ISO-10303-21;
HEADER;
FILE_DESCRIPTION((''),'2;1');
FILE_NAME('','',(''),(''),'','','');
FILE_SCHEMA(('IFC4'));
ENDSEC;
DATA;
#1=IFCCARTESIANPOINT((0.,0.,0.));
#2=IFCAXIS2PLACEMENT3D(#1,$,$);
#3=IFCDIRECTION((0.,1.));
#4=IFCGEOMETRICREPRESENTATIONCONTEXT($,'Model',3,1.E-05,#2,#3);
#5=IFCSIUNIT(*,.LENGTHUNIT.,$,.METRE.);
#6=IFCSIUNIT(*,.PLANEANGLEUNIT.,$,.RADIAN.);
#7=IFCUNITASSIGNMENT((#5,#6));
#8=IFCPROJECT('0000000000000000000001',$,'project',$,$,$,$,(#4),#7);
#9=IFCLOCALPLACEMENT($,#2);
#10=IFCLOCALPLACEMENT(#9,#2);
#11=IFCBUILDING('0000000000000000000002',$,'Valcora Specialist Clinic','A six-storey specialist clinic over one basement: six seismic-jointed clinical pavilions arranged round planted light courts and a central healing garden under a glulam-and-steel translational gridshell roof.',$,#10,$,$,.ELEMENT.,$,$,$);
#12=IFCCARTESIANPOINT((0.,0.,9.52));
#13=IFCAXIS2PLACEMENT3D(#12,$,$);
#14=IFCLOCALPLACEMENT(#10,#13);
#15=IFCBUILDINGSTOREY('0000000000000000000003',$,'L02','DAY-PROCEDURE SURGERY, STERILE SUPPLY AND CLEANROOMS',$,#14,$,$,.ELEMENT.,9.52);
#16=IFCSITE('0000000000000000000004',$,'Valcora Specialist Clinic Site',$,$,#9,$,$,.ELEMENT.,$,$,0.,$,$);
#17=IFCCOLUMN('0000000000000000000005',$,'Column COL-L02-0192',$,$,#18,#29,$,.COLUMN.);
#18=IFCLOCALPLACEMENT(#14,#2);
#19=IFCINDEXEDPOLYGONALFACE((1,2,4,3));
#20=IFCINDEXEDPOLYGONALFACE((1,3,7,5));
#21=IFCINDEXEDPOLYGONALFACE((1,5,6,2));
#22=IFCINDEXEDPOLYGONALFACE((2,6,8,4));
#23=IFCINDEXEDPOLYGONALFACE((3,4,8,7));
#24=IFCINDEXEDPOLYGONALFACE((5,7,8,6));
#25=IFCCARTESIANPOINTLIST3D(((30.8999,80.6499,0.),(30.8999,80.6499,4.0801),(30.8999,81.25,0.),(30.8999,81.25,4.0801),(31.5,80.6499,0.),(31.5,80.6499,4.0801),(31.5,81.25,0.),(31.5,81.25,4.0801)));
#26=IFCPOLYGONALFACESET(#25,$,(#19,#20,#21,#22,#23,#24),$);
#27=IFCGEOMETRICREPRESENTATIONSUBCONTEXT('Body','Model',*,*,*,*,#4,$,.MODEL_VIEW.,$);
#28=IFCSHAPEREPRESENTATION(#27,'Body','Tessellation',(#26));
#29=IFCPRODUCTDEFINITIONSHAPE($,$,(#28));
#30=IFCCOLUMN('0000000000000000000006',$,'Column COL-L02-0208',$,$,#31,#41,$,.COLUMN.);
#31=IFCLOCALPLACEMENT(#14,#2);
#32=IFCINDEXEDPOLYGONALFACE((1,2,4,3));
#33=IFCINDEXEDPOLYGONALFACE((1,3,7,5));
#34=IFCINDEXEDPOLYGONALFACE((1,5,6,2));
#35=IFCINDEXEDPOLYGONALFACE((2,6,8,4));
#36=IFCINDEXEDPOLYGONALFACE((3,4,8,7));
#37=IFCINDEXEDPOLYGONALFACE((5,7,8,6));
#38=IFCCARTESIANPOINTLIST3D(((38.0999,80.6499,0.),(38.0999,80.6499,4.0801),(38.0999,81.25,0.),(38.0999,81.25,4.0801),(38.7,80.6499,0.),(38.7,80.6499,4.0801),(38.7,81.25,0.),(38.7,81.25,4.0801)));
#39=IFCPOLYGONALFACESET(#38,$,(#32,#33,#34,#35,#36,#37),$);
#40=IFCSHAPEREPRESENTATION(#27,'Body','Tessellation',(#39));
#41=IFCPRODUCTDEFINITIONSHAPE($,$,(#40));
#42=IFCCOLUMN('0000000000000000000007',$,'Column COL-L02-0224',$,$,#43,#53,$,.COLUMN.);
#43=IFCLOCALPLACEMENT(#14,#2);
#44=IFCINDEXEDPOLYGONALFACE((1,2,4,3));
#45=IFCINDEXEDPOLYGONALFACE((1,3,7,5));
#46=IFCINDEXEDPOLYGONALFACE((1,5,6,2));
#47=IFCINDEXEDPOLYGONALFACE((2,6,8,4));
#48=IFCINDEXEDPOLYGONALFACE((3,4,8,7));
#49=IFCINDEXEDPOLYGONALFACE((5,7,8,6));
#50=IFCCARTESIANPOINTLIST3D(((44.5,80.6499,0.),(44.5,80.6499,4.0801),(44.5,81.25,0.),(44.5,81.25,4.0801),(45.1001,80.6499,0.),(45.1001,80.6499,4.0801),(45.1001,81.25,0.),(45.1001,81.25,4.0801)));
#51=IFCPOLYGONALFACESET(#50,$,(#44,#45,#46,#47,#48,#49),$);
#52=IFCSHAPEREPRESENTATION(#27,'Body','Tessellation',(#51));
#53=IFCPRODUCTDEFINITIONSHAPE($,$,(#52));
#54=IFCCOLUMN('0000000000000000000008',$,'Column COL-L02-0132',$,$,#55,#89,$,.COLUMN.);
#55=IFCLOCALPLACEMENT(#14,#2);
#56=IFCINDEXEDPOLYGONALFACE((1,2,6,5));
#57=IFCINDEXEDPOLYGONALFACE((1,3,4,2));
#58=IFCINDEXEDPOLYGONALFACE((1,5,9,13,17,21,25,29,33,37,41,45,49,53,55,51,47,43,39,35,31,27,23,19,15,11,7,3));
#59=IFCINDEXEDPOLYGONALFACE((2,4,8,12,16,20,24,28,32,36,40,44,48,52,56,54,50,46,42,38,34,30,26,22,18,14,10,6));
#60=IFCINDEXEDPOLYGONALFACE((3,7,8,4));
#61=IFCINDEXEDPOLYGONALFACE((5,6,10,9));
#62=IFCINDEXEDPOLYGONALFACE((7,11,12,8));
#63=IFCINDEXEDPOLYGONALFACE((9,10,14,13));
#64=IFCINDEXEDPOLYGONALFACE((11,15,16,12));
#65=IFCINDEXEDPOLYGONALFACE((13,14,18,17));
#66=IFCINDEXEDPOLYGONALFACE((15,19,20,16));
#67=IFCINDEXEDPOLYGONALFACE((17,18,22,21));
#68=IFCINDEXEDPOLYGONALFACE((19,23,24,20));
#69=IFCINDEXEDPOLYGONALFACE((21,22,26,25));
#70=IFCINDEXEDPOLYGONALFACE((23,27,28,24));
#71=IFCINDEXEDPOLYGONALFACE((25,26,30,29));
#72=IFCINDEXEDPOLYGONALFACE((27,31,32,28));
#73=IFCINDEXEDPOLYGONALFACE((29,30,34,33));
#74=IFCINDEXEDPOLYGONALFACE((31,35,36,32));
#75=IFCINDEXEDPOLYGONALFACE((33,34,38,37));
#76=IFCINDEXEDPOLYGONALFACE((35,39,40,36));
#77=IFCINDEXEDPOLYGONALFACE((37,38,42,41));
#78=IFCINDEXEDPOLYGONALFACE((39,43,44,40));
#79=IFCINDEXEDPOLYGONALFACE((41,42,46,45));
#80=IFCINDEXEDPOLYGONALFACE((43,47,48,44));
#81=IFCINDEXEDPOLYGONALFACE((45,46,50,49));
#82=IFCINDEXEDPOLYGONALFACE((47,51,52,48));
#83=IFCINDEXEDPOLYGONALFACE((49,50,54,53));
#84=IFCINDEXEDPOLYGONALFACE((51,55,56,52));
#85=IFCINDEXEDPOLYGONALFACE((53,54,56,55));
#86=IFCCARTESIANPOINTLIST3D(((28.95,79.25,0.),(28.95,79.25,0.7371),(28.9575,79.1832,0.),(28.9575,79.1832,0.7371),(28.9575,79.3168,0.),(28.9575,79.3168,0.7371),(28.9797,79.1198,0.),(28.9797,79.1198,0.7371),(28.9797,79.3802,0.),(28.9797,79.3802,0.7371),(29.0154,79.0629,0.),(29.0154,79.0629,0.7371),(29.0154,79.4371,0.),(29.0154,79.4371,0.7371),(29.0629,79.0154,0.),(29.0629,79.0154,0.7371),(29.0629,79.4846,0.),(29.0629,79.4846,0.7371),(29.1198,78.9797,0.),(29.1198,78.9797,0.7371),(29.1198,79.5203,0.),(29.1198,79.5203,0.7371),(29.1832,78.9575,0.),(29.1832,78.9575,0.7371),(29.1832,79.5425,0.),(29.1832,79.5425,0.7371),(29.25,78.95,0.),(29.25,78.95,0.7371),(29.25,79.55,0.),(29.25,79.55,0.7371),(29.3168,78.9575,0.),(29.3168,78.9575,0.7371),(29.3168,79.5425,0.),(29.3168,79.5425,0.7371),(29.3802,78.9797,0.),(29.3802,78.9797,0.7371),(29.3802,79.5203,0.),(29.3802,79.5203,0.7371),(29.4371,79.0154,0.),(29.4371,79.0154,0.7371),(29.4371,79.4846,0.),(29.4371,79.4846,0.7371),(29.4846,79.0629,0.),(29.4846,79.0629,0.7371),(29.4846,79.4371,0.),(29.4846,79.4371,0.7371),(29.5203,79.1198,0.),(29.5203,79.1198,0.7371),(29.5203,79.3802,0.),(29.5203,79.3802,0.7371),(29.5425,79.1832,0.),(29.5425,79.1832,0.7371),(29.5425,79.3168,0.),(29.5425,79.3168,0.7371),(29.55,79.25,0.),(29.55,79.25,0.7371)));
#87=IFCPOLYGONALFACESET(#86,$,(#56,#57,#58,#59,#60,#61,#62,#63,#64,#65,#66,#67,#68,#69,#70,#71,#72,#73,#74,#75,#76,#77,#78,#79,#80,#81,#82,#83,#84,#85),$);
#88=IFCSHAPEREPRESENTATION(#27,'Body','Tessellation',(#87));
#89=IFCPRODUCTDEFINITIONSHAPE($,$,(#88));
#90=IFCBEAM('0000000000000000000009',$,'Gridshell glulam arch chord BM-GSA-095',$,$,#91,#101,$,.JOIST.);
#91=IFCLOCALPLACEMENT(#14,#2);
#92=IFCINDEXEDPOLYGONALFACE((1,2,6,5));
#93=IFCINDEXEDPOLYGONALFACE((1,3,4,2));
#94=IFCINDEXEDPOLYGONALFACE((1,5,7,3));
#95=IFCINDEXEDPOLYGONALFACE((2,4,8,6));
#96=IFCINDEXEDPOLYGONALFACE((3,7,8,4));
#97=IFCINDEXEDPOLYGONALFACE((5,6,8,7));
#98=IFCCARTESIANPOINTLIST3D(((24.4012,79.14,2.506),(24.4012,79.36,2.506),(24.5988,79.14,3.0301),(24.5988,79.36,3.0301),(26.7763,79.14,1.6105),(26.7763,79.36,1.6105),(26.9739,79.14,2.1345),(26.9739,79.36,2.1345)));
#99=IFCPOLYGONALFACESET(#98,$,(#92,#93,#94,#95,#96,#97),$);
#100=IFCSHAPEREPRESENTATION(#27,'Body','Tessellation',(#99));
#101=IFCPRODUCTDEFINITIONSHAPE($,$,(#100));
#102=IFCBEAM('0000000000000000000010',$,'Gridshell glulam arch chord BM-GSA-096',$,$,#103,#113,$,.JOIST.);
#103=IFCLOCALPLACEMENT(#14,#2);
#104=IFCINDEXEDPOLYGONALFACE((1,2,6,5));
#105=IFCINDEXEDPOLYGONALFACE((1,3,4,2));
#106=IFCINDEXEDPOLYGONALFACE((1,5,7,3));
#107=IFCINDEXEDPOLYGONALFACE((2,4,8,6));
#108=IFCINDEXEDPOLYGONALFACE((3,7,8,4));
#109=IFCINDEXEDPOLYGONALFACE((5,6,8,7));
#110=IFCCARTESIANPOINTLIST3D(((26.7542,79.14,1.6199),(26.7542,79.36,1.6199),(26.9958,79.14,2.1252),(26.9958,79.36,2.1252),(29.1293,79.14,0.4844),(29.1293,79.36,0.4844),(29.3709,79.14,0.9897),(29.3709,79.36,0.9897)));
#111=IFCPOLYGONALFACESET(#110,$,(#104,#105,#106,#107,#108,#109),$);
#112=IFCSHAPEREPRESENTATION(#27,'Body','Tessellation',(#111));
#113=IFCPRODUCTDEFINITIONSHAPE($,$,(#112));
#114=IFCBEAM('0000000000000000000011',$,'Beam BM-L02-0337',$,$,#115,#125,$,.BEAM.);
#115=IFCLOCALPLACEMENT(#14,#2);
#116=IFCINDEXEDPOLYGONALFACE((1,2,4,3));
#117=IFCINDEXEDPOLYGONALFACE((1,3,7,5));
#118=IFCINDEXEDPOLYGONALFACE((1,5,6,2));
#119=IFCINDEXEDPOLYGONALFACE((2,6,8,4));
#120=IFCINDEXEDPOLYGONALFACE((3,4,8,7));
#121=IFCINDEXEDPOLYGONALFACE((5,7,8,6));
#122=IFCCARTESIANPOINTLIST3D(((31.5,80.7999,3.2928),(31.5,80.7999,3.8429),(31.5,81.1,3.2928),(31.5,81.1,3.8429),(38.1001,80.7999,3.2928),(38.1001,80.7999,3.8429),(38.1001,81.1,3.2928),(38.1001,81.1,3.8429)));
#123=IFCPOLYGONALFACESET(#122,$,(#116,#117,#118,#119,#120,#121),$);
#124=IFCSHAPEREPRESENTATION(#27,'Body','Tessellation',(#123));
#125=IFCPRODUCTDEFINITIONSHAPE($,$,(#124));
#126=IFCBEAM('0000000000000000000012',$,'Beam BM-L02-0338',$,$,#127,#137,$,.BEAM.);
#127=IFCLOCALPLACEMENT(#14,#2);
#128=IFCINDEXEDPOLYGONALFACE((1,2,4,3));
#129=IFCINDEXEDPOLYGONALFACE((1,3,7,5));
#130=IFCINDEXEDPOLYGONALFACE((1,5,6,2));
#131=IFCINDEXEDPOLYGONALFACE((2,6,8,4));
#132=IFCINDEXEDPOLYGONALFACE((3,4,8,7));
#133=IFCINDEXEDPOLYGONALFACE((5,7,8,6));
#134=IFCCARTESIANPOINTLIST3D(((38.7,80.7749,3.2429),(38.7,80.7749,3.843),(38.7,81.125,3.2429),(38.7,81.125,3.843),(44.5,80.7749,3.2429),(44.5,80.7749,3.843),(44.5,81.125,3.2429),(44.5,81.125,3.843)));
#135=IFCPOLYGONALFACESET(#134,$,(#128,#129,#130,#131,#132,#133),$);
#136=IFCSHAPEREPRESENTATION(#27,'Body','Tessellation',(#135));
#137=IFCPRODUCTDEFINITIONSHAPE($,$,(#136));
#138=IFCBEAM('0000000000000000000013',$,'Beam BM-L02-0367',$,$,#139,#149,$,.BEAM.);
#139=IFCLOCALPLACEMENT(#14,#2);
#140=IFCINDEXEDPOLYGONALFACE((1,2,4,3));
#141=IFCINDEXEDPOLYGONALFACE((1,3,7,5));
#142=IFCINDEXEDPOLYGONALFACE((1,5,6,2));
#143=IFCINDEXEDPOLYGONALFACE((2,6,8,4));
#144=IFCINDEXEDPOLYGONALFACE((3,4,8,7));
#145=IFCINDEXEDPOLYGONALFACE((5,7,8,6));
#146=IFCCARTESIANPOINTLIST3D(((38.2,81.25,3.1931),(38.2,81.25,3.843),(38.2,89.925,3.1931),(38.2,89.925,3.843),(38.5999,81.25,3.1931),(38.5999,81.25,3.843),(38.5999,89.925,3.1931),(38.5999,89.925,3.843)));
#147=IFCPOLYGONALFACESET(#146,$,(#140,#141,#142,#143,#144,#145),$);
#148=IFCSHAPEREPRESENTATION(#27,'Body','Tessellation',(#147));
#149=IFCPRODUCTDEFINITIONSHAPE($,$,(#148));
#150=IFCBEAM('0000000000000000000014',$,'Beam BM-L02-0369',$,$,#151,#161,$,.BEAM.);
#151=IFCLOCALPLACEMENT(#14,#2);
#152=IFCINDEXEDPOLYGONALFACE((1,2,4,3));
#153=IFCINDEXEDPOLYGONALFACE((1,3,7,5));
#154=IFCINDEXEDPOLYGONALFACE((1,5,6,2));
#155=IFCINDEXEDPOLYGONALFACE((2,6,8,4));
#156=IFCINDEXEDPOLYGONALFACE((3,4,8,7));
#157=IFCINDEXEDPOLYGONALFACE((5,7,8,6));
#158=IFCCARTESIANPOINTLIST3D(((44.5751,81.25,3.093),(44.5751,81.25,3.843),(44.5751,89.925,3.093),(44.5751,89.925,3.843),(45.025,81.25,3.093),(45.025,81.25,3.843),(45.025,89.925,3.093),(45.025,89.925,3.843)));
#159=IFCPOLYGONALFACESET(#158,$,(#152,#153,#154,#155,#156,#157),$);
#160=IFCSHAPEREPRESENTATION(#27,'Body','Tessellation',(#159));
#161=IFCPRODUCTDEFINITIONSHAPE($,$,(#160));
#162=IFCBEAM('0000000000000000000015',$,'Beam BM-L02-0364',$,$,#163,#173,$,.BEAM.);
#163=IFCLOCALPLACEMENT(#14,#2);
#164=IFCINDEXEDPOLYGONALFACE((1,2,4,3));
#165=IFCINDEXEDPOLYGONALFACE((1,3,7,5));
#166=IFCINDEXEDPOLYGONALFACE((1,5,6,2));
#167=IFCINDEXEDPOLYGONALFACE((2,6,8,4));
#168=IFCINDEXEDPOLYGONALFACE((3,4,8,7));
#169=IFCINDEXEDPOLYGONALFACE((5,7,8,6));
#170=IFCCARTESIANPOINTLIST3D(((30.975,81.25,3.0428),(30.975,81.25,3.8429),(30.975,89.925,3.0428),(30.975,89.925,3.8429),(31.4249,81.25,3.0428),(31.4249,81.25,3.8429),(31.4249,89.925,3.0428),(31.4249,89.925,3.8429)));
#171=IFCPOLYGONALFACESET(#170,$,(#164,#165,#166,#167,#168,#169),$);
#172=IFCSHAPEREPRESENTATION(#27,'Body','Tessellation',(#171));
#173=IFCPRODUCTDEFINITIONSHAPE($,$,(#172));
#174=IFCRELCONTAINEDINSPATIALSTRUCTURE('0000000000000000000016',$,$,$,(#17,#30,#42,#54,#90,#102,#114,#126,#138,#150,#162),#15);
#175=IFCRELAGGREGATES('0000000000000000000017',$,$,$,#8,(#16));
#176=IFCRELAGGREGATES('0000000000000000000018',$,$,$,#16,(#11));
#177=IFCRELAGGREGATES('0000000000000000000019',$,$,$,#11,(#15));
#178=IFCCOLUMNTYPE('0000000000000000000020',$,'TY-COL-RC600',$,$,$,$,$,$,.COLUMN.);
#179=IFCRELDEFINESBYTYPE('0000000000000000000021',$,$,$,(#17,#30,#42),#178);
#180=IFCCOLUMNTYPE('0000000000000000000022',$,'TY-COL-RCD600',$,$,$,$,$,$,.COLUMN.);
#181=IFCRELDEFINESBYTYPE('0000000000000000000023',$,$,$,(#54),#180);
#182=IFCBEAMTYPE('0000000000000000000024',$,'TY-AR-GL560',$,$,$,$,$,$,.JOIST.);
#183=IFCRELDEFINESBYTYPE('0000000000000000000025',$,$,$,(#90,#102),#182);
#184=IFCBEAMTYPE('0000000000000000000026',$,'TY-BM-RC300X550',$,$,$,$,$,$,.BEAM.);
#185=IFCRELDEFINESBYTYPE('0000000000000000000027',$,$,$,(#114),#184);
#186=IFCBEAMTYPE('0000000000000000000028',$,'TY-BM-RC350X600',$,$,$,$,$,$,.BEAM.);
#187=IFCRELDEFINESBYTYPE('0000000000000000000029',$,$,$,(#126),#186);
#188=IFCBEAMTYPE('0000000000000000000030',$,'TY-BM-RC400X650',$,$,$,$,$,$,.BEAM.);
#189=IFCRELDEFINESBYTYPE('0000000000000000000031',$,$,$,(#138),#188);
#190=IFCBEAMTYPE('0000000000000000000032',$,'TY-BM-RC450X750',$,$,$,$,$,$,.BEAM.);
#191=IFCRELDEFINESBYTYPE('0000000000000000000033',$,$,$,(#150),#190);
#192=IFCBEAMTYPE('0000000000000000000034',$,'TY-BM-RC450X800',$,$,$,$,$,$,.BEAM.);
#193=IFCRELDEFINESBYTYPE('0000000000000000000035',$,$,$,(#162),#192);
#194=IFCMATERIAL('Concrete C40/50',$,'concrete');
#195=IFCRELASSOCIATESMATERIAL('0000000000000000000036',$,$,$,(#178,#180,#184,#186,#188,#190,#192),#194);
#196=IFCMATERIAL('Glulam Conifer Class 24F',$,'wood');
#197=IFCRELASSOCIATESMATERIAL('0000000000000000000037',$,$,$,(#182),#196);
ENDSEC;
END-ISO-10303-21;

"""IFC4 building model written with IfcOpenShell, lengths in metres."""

from ifc_helpers import new_model, si_unit, direction, frame, origin, origin_2d, place, context, subcontext, project, spatial, rectangle, circle, extrude, material, material_profile, profile_set, type_object, element, save


model = new_model("IFC4")

# Units and contexts
model_context = context("Model", 3, precision=1e-05, world=origin(), true_north=direction((0.0, 1.0)))
body_context = subcontext(model_context, "Body", "Model", "MODEL_VIEW")
ifc_project = project(units=[si_unit("LENGTHUNIT", "METRE"), si_unit("PLANEANGLEUNIT", "RADIAN")], contexts=[model_context])

# Site, building, storey
site_placement = place(None, origin())
site = spatial("IfcSite", under=ifc_project, at=site_placement, Name="Valcora Specialist Clinic Site", CompositionType="ELEMENT", RefElevation=0.0)
building_placement = place(site_placement, origin())
building = spatial("IfcBuilding", under=site, at=building_placement, Name="Valcora Specialist Clinic", Description="A six-storey specialist clinic over one basement: six seismic-jointed clinical pavilions arranged round planted light courts and a central healing garden under a glulam-and-steel translational gridshell roof.", CompositionType="ELEMENT")
storey_placement = place(building_placement, frame((0.0, 0.0, 9.52)))
storey = spatial("IfcBuildingStorey", under=building, at=storey_placement, Name="L02", Description="DAY-PROCEDURE SURGERY, STERILE SUPPLY AND CLEANROOMS", CompositionType="ELEMENT", Elevation=9.52)

# Columns
ifc_material_1 = material(Name="Concrete C40/50", Category="concrete")
ifc_material_profile_1 = material_profile(ifc_material_1, rectangle(XDim=0.6001, YDim=0.6001, at=origin_2d()), Name="RC-COL-600X600")
ifc_profile_set_1 = profile_set([ifc_material_profile_1], Name="Concrete C40/50")
column_type_1 = type_object("IfcColumnType", Name="TY-COL-RC600", PredefinedType="COLUMN", material=ifc_profile_set_1)
for number, where, z_axis, x_axis, name in (
    (1, (31.2, 80.95, 0.0), (0.0, 0.0, 1.0), (1.0, 0.0, 0.0), "Column COL-L02-0192"),
    (2, (38.3999, 80.95, 0.0), (0.0, 0.0, 1.0), (1.0, 0.0, 0.0), "Column COL-L02-0208"),
    (3, (44.8, 80.95, 0.0), (0.0, 0.0, 1.0), (1.0, 0.0, 0.0), "Column COL-L02-0224"),
):
    element("IfcColumn", number, at=place(storey_placement, frame(where, z_axis=z_axis, x_axis=x_axis)), inside=storey, type_object=column_type_1, Name=name, PredefinedType="COLUMN", context=body_context, shape_type="SweptSolid", body=[
        extrude(rectangle(XDim=0.6001, YDim=0.6001, at=origin_2d()), origin(), (0.0, 0.0, 1.0), 4.0801),
    ])
ifc_material_profile_2 = material_profile(ifc_material_1, circle(Radius=0.3, at=origin_2d()), Name="RC-COL-D600")
ifc_profile_set_2 = profile_set([ifc_material_profile_2], Name="Concrete C40/50")
column_type_2 = type_object("IfcColumnType", Name="TY-COL-RCD600", PredefinedType="COLUMN", material=ifc_profile_set_2)
column_placement = place(storey_placement, frame((29.25, 79.25, 0.0), z_axis=(0.0, 0.0, 1.0), x_axis=(1.0, 0.0, 0.0)))
element("IfcColumn", 4, at=column_placement, inside=storey, type_object=column_type_2, Name="Column COL-L02-0132", PredefinedType="COLUMN", context=body_context, shape_type="SweptSolid", body=[
    extrude(circle(Radius=0.3, at=origin_2d()), origin(), (0.0, 0.0, 1.0), 0.7371),
])

# Beams
ifc_material_2 = material(Name="Glulam Conifer Class 24F", Category="wood")
ifc_material_profile_3 = material_profile(ifc_material_2, rectangle(XDim=0.22, YDim=0.5601, at=origin_2d()), Name="GL-ARC-220X560")
ifc_profile_set_3 = profile_set([ifc_material_profile_3], Name="Glulam Conifer Class 24F")
beam_type_1 = type_object("IfcBeamType", Name="TY-AR-GL560", PredefinedType="JOIST", material=ifc_profile_set_3)
beam_1_placement = place(storey_placement, frame((24.5, 79.25, 2.7681), z_axis=(0.935695, 0.0, -0.352809), x_axis=(0.0, 1.0, 0.0)))
element("IfcBeam", 5, at=beam_1_placement, inside=storey, type_object=beam_type_1, Name="Gridshell glulam arch chord BM-GSA-095", PredefinedType="JOIST", context=body_context, shape_type="SweptSolid", body=[
    extrude(rectangle(XDim=0.22, YDim=0.5601, at=origin_2d()), origin(), (0.0, 0.0, 1.0), 2.5383),
])
beam_2_placement = place(storey_placement, frame((26.875, 79.25, 1.8726), z_axis=(0.902189, 0.0, -0.431341), x_axis=(0.0, 1.0, 0.0)))
element("IfcBeam", 6, at=beam_2_placement, inside=storey, type_object=beam_type_1, Name="Gridshell glulam arch chord BM-GSA-096", PredefinedType="JOIST", context=body_context, shape_type="SweptSolid", body=[
    extrude(rectangle(XDim=0.22, YDim=0.5601, at=origin_2d()), origin(), (0.0, 0.0, 1.0), 2.6326),
])
ifc_material_profile_4 = material_profile(ifc_material_1, rectangle(XDim=0.3, YDim=0.55, at=origin_2d()), Name="RC-BM-300X550")
ifc_profile_set_4 = profile_set([ifc_material_profile_4], Name="Concrete C40/50")
beam_type_2 = type_object("IfcBeamType", Name="TY-BM-RC300X550", PredefinedType="BEAM", material=ifc_profile_set_4)
beam_3_placement = place(storey_placement, frame((31.5, 80.95, 3.5679), z_axis=(1.0, 0.0, 0.0), x_axis=(0.0, 1.0, 0.0)))
element("IfcBeam", 7, at=beam_3_placement, inside=storey, type_object=beam_type_2, Name="Beam BM-L02-0337", PredefinedType="BEAM", context=body_context, shape_type="SweptSolid", body=[
    extrude(rectangle(XDim=0.3, YDim=0.55, at=origin_2d()), origin(), (0.0, 0.0, 1.0), 6.6001),
])
ifc_material_profile_5 = material_profile(ifc_material_1, rectangle(XDim=0.3501, YDim=0.6001, at=origin_2d()), Name="RC-BM-350X600")
ifc_profile_set_5 = profile_set([ifc_material_profile_5], Name="Concrete C40/50")
beam_type_3 = type_object("IfcBeamType", Name="TY-BM-RC350X600", PredefinedType="BEAM", material=ifc_profile_set_5)
beam_4_placement = place(storey_placement, frame((38.7, 80.95, 3.543), z_axis=(1.0, 0.0, 0.0), x_axis=(0.0, 1.0, 0.0)))
element("IfcBeam", 8, at=beam_4_placement, inside=storey, type_object=beam_type_3, Name="Beam BM-L02-0338", PredefinedType="BEAM", context=body_context, shape_type="SweptSolid", body=[
    extrude(rectangle(XDim=0.3501, YDim=0.6001, at=origin_2d()), origin(), (0.0, 0.0, 1.0), 5.8),
])
ifc_material_profile_6 = material_profile(ifc_material_1, rectangle(XDim=0.3999, YDim=0.6499, at=origin_2d()), Name="RC-BM-400X650")
ifc_profile_set_6 = profile_set([ifc_material_profile_6], Name="Concrete C40/50")
beam_type_4 = type_object("IfcBeamType", Name="TY-BM-RC400X650", PredefinedType="BEAM", material=ifc_profile_set_6)
beam_5_placement = place(storey_placement, frame((38.3999, 81.25, 3.5181), z_axis=(0.0, 1.0, 0.0), x_axis=(-1.0, 0.0, 0.0)))
element("IfcBeam", 9, at=beam_5_placement, inside=storey, type_object=beam_type_4, Name="Beam BM-L02-0367", PredefinedType="BEAM", context=body_context, shape_type="SweptSolid", body=[
    extrude(rectangle(XDim=0.3999, YDim=0.6499, at=origin_2d()), origin(), (0.0, 0.0, 1.0), 8.675),
])
ifc_material_profile_7 = material_profile(ifc_material_1, rectangle(XDim=0.45, YDim=0.75, at=origin_2d()), Name="RC-BM-450X750")
ifc_profile_set_7 = profile_set([ifc_material_profile_7], Name="Concrete C40/50")
beam_type_5 = type_object("IfcBeamType", Name="TY-BM-RC450X750", PredefinedType="BEAM", material=ifc_profile_set_7)
beam_6_placement = place(storey_placement, frame((44.8, 81.25, 3.468), z_axis=(0.0, 1.0, 0.0), x_axis=(-1.0, 0.0, 0.0)))
element("IfcBeam", 10, at=beam_6_placement, inside=storey, type_object=beam_type_5, Name="Beam BM-L02-0369", PredefinedType="BEAM", context=body_context, shape_type="SweptSolid", body=[
    extrude(rectangle(XDim=0.45, YDim=0.75, at=origin_2d()), origin(), (0.0, 0.0, 1.0), 8.675),
])
ifc_material_profile_8 = material_profile(ifc_material_1, rectangle(XDim=0.45, YDim=0.8, at=origin_2d()), Name="RC-BM-450X800")
ifc_profile_set_8 = profile_set([ifc_material_profile_8], Name="Concrete C40/50")
beam_type_6 = type_object("IfcBeamType", Name="TY-BM-RC450X800", PredefinedType="BEAM", material=ifc_profile_set_8)
beam_7_placement = place(storey_placement, frame((31.2, 81.25, 3.4429), z_axis=(0.0, 1.0, 0.0), x_axis=(-1.0, 0.0, 0.0)))
element("IfcBeam", 11, at=beam_7_placement, inside=storey, type_object=beam_type_6, Name="Beam BM-L02-0364", PredefinedType="BEAM", context=body_context, shape_type="SweptSolid", body=[
    extrude(rectangle(XDim=0.45, YDim=0.8, at=origin_2d()), origin(), (0.0, 0.0, 1.0), 8.675),
])

save(model, "model.ifc")
